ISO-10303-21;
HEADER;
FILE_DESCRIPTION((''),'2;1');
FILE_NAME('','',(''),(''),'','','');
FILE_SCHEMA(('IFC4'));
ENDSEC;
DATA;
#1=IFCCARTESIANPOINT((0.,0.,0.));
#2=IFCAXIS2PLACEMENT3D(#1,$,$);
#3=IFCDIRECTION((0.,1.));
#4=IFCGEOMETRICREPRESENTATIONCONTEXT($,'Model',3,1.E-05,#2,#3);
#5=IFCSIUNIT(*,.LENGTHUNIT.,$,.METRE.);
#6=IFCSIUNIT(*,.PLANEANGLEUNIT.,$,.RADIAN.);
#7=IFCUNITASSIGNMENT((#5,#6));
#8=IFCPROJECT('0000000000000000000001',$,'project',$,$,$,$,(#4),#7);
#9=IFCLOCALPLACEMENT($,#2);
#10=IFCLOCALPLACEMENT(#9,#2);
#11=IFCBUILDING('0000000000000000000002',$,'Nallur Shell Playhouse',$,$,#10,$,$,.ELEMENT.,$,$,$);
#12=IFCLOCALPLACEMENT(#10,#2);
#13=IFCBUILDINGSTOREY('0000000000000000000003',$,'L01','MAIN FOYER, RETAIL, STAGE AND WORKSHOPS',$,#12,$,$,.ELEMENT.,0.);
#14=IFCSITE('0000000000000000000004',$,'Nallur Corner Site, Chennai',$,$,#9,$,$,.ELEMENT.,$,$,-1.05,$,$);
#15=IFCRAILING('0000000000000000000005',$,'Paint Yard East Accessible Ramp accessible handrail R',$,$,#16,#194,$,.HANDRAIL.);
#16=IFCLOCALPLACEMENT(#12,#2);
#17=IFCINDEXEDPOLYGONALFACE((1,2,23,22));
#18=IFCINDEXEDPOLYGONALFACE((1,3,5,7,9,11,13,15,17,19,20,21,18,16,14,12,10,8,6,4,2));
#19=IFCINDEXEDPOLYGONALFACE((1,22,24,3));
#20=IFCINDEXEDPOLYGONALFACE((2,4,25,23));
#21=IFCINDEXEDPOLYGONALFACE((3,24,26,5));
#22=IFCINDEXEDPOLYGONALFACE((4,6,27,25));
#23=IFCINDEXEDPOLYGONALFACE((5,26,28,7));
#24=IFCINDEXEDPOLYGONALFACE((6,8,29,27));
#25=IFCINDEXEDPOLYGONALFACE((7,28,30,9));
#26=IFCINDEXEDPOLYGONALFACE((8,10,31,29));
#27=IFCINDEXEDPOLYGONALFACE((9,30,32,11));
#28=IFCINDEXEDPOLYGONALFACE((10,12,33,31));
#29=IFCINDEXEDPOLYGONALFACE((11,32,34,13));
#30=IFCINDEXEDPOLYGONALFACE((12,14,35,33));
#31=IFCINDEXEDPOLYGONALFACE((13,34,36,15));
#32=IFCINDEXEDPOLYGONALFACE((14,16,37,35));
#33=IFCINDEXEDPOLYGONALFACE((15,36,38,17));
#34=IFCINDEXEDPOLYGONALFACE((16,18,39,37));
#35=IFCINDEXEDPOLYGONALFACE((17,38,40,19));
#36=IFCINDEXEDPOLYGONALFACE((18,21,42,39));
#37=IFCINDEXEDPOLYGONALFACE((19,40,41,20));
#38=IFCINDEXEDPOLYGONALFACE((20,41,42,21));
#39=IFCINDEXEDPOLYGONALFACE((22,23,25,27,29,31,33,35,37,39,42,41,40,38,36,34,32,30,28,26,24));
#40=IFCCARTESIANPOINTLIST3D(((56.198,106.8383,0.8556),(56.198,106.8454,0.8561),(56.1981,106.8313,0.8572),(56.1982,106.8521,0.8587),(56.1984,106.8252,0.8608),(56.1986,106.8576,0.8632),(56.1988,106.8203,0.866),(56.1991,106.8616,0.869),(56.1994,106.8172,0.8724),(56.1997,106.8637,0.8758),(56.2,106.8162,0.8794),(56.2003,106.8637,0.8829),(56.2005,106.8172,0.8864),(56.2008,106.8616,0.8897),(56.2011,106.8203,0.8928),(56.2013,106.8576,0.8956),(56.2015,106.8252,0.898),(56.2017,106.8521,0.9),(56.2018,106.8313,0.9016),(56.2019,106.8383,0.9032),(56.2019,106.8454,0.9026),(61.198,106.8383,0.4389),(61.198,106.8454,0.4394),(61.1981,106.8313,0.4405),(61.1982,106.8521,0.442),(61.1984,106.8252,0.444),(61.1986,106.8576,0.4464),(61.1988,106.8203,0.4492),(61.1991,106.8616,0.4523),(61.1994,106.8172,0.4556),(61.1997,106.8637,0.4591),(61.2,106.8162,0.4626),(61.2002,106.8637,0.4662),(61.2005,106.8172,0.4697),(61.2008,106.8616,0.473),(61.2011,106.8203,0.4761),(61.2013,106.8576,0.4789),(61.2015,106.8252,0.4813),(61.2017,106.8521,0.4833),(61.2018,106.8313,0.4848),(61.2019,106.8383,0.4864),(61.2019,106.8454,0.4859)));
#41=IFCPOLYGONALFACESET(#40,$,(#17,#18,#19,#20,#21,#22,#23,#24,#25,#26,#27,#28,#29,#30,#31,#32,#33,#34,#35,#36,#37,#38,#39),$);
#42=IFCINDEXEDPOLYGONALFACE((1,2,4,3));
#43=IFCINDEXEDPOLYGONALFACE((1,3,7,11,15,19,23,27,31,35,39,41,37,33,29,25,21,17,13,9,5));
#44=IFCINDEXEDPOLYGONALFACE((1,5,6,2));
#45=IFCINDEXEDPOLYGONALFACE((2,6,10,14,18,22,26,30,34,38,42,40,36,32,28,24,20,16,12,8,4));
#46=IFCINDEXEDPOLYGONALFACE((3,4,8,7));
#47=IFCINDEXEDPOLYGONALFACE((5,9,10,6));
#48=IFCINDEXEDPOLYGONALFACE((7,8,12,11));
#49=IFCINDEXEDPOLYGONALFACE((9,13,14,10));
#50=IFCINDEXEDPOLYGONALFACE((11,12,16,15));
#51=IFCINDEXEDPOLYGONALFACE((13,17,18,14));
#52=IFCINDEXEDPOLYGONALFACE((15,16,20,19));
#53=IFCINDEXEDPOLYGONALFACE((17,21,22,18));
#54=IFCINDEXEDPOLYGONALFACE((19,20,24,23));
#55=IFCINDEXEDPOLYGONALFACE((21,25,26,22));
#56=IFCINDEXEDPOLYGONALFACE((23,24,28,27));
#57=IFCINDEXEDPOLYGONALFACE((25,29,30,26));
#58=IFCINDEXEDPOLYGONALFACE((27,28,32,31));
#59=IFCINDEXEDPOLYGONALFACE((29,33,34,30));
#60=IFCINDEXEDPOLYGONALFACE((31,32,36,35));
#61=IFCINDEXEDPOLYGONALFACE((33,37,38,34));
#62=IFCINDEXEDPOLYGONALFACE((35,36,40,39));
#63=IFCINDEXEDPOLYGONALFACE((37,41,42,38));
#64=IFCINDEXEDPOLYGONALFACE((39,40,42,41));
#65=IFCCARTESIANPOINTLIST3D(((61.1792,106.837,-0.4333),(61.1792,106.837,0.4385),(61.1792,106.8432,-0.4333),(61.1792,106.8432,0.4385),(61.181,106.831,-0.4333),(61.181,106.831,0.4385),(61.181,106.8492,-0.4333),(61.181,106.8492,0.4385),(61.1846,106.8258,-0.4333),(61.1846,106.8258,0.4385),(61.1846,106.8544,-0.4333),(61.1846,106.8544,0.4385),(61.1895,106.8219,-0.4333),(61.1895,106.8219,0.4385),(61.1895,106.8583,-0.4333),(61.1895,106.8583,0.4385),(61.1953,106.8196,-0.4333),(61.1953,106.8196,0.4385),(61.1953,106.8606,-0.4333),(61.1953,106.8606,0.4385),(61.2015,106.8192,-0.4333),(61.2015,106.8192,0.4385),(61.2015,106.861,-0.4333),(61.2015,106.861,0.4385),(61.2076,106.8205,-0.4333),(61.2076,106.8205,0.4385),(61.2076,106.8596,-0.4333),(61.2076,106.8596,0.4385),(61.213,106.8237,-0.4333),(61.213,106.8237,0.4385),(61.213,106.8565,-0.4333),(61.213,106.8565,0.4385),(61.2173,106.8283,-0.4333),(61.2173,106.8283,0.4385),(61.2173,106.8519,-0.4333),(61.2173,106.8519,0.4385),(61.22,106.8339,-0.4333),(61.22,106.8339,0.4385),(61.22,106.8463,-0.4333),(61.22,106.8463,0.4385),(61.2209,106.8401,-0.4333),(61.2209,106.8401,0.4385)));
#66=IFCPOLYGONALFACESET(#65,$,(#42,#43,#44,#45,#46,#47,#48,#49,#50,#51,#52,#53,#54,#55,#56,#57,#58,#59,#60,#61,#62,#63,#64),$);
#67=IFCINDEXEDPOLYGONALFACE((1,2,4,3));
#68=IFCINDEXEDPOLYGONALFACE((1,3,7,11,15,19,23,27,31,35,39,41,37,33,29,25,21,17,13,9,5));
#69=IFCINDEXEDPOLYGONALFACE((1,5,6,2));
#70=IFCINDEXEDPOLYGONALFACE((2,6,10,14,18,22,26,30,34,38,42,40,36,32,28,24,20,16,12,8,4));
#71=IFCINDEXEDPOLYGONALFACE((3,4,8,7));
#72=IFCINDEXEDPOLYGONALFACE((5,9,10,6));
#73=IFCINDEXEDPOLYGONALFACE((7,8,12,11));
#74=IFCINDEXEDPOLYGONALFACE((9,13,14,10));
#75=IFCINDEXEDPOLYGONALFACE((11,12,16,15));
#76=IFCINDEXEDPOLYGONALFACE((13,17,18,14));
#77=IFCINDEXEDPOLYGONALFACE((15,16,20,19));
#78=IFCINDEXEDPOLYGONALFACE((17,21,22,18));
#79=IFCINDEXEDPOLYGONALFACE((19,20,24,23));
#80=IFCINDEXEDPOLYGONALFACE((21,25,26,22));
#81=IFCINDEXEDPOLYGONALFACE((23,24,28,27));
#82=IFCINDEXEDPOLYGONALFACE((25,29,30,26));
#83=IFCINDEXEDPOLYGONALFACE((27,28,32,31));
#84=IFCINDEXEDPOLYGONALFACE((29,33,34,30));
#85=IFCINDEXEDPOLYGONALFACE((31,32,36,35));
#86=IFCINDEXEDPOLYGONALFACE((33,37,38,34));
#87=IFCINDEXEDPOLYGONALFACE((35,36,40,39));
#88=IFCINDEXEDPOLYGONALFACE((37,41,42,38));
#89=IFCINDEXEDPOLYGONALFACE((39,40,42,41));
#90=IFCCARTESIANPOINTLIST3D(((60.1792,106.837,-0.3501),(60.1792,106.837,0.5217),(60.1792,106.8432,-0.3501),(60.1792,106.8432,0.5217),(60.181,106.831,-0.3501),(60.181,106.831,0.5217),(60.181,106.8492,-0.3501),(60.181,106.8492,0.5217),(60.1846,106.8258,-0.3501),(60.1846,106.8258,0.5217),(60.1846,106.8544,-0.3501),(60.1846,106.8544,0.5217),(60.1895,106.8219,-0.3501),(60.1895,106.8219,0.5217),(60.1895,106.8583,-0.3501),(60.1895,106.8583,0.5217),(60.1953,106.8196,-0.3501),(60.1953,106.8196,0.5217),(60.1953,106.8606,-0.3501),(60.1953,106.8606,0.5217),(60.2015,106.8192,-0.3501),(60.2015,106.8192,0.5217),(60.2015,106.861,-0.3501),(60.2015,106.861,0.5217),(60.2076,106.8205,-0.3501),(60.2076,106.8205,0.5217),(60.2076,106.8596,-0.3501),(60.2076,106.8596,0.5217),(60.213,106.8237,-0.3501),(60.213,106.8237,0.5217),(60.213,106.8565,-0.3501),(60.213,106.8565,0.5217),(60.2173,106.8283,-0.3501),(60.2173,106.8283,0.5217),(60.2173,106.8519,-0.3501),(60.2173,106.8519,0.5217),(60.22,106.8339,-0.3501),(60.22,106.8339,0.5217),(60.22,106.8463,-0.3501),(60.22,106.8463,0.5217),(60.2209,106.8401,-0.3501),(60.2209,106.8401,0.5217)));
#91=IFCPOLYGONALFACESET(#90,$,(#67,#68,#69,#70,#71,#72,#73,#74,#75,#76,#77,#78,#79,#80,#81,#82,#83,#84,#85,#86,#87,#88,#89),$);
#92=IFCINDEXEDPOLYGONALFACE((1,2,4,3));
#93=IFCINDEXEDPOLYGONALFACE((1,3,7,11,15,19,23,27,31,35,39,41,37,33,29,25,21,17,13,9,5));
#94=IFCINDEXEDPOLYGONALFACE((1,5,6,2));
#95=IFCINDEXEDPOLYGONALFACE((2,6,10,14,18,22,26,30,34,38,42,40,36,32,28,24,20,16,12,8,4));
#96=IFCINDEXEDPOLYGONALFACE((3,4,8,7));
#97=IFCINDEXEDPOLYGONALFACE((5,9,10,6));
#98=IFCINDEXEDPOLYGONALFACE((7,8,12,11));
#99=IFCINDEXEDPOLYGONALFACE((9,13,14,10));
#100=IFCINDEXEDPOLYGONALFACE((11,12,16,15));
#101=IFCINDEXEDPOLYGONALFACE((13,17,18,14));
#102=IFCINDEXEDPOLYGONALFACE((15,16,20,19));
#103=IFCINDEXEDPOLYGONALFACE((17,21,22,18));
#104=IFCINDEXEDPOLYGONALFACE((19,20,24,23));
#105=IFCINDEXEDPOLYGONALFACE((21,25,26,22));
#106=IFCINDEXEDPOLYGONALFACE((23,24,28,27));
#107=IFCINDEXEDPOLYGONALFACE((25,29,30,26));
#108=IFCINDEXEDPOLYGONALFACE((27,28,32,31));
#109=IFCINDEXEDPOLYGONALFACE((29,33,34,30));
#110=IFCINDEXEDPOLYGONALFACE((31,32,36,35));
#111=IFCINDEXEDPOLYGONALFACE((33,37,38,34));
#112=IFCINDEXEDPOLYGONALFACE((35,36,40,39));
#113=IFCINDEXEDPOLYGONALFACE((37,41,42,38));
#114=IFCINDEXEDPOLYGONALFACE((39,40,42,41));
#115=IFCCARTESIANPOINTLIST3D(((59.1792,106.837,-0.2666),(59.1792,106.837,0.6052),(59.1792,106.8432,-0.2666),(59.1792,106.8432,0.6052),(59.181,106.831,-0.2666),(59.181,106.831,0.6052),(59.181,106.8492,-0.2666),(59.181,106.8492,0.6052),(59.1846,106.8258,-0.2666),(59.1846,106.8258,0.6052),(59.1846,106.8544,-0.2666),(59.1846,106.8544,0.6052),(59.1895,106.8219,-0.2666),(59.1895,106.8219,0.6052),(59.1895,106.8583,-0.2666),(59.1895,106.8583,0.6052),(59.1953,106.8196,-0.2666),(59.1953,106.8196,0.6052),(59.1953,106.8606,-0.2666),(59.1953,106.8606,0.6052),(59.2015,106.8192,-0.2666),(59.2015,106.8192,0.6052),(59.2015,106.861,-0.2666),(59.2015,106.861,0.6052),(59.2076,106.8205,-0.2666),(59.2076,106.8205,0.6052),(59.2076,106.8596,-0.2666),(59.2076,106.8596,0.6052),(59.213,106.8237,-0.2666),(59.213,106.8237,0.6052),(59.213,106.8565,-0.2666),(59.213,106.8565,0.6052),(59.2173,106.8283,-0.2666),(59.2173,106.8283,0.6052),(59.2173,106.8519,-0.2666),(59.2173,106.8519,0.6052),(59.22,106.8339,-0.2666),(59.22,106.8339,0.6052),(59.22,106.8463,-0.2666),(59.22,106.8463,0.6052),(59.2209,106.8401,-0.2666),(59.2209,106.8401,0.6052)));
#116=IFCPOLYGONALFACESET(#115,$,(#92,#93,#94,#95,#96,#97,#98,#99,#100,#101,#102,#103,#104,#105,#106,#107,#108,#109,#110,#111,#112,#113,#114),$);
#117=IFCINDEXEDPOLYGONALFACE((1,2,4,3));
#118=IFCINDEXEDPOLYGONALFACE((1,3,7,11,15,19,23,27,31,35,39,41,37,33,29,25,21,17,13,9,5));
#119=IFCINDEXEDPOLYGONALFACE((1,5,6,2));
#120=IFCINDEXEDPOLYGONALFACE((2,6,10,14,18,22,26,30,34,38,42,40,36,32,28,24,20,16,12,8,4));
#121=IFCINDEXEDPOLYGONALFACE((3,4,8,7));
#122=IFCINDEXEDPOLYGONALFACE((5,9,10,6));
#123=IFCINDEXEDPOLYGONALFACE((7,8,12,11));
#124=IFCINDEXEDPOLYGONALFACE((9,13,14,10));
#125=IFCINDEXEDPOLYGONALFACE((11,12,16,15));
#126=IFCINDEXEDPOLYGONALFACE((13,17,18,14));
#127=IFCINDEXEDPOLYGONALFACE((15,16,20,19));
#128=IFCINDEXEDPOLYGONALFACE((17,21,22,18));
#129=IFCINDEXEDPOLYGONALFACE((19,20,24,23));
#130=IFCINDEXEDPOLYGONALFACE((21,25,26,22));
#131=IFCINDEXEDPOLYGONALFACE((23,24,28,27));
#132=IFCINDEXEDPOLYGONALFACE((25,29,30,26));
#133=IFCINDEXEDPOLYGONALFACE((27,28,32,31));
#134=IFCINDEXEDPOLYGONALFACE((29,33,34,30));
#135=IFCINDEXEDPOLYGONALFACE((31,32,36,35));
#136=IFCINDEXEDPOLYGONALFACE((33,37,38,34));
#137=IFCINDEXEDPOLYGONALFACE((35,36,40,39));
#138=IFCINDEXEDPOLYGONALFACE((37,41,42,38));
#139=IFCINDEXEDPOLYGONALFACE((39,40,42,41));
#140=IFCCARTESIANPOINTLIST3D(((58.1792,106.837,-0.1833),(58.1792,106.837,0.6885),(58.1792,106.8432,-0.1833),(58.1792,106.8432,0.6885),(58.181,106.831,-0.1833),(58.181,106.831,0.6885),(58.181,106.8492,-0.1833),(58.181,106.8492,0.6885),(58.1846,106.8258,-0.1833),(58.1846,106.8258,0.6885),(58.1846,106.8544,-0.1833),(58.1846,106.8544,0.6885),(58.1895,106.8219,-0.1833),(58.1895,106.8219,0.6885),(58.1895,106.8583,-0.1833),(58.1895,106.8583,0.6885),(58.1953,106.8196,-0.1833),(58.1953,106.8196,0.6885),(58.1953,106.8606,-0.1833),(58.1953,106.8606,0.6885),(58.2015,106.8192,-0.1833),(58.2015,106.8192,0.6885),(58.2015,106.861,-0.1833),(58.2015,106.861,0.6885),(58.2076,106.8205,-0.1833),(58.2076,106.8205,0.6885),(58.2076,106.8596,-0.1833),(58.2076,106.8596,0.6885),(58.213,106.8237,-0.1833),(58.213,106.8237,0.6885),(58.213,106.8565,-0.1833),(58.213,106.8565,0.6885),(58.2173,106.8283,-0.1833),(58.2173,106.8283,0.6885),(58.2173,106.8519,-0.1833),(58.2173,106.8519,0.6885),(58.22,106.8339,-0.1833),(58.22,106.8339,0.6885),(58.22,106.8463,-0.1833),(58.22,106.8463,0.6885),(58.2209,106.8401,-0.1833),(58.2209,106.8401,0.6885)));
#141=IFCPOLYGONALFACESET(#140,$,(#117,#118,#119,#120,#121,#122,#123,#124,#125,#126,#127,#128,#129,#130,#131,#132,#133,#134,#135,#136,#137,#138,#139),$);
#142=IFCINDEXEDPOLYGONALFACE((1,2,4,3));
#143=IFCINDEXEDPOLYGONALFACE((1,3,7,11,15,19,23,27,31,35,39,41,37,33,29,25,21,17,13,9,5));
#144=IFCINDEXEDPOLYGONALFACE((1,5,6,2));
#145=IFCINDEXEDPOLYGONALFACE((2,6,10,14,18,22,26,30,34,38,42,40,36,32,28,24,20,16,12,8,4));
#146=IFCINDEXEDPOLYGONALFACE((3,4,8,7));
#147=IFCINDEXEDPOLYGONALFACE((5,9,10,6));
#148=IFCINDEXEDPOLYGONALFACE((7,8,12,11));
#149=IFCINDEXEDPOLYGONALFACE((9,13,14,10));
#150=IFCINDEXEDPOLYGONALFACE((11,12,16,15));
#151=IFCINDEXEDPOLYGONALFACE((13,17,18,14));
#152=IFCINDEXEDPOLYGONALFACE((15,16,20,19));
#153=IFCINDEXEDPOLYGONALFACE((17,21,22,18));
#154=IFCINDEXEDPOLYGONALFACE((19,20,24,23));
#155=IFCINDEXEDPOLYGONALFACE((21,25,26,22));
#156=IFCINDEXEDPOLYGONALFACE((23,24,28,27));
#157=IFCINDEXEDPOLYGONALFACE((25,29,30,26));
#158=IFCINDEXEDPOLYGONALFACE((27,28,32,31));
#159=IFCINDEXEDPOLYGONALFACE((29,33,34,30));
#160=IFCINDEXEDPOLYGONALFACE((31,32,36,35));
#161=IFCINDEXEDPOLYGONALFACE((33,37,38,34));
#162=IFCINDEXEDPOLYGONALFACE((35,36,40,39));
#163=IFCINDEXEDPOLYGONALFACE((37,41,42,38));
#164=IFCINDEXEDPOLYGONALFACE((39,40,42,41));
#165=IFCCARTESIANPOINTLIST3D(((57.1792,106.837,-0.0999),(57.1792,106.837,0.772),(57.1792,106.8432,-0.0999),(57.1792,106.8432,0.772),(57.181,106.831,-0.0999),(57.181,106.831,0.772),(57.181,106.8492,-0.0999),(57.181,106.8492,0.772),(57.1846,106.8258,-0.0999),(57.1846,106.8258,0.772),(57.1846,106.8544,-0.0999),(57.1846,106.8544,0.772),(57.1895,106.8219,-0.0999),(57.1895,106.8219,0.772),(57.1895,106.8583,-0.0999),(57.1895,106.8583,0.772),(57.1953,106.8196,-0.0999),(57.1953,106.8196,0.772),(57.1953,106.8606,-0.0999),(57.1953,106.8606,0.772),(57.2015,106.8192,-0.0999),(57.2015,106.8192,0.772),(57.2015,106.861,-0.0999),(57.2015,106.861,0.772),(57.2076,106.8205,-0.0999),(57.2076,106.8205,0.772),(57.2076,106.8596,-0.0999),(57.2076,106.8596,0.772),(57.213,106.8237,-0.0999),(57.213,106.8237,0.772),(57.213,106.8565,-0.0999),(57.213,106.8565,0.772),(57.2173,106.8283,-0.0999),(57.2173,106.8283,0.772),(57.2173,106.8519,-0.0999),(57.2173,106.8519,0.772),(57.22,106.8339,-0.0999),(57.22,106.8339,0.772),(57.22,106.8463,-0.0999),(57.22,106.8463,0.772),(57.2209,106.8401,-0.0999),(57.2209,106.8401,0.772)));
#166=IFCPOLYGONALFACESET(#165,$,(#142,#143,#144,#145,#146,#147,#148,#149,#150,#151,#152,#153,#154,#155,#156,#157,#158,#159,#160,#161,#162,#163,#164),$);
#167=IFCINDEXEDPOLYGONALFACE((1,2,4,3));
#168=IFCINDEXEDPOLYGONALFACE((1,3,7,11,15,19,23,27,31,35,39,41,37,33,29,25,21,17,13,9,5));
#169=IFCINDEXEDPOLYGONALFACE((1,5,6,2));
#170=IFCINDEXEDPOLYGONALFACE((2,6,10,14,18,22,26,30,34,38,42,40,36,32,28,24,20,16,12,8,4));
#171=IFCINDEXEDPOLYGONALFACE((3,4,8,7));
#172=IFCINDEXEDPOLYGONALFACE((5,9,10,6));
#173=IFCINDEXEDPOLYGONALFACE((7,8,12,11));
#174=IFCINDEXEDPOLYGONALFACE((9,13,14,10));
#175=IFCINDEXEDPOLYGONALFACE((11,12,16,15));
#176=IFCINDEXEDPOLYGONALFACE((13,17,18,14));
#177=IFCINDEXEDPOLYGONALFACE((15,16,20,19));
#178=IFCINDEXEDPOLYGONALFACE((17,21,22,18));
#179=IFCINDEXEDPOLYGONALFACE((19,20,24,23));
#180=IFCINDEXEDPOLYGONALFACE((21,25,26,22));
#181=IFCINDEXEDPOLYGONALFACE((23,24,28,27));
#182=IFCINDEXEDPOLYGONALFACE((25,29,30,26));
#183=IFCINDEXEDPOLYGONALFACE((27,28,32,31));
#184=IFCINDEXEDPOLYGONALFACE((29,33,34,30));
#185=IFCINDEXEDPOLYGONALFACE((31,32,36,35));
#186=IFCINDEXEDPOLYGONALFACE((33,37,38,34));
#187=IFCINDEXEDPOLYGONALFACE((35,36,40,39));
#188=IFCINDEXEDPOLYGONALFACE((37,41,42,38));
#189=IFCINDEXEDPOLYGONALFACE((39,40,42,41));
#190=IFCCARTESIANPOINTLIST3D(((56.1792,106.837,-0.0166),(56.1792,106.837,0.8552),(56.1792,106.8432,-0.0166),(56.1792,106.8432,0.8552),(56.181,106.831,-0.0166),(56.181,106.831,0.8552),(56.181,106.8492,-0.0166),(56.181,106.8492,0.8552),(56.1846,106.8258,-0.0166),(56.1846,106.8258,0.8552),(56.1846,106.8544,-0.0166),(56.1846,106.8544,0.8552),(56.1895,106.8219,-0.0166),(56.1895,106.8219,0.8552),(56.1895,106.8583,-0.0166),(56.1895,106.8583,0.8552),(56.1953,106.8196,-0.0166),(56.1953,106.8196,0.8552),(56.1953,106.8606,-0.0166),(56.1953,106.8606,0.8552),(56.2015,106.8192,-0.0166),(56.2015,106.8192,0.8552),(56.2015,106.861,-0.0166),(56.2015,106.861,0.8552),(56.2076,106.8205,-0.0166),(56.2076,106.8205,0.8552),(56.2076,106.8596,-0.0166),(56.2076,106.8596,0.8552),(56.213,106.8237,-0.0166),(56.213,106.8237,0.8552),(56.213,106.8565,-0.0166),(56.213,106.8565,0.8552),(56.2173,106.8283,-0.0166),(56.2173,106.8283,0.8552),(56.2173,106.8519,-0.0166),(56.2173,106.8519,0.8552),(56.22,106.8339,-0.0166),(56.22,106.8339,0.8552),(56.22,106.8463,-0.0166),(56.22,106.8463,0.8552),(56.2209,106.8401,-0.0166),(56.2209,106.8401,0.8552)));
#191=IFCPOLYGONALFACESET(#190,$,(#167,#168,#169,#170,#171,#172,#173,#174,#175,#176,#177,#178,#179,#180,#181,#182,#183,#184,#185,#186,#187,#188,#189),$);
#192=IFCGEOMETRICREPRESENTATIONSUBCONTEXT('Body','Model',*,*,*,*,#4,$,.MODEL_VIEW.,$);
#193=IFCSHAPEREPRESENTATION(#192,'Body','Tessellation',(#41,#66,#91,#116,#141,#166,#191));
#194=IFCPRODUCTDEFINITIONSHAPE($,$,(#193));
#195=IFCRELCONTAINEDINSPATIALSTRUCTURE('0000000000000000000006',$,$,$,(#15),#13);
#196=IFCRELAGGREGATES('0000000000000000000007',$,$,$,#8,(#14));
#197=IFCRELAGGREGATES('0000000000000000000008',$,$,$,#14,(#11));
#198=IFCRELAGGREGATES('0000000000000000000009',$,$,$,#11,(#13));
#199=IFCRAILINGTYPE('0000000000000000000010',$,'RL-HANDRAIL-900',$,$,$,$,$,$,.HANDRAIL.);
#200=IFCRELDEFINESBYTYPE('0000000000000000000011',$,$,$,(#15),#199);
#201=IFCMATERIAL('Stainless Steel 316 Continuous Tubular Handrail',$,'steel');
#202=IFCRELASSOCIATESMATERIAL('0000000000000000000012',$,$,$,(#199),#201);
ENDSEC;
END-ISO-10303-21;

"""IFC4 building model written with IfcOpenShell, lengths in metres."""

from ifc_helpers import new_model, si_unit, direction, frame, origin, origin_2d, place, context, subcontext, project, spatial, circle, extrude, material, type_object, element, save


model = new_model("IFC4")

# Units and contexts
model_context = context("Model", 3, precision=1e-05, world=origin(), true_north=direction((0.0, 1.0)))
body_context = subcontext(model_context, "Body", "Model", "MODEL_VIEW")
ifc_project = project(units=[si_unit("LENGTHUNIT", "METRE"), si_unit("PLANEANGLEUNIT", "RADIAN")], contexts=[model_context])

# Site, building, storey
site_placement = place(None, origin())
site = spatial("IfcSite", under=ifc_project, at=site_placement, Name="Nallur Corner Site, Chennai", CompositionType="ELEMENT", RefElevation=-1.05)
building_placement = place(site_placement, origin())
building = spatial("IfcBuilding", under=site, at=building_placement, Name="Nallur Shell Playhouse", CompositionType="ELEMENT")
storey_placement = place(building_placement, origin())
storey = spatial("IfcBuildingStorey", under=building, at=storey_placement, Name="L01", Description="MAIN FOYER, RETAIL, STAGE AND WORKSHOPS", CompositionType="ELEMENT", Elevation=0.0)

# Railing
ifc_material_1 = material(Name="Stainless Steel 316 Continuous Tubular Handrail", Category="steel")
railing_type = type_object("IfcRailingType", Name="RL-HANDRAIL-900", PredefinedType="HANDRAIL", material=ifc_material_1)
for number, where, name in (
    (1, (61.2, 106.8401, -0.4333), "Paint Yard East Accessible Ramp accessible handrail R"),
):
    element("IfcRailing", number, at=place(storey_placement, frame(where)), inside=storey, type_object=railing_type, Name=name, PredefinedType="HANDRAIL", context=body_context, shape_type="SweptSolid", body=[
        extrude(circle(Radius=0.0239, at=origin_2d()), frame((0.0, 0.0, 0.896), z_axis=(-0.996544, 0.0, 0.083062), x_axis=(0.0, -1.0, 0.0)), (0.0, 0.0, 1.0), 5.0173),
        extrude(circle(Radius=0.021, at=origin_2d()), origin(), (0.0, 0.0, 1.0), 0.8718),
        extrude(circle(Radius=0.021, at=origin_2d()), frame((-1.0, 0.0, 0.0833)), (0.0, 0.0, 1.0), 0.8718),
        extrude(circle(Radius=0.021, at=origin_2d()), frame((-2.0, 0.0, 0.1667)), (0.0, 0.0, 1.0), 0.8718),
        extrude(circle(Radius=0.021, at=origin_2d()), frame((-3.0, 0.0, 0.25)), (0.0, 0.0, 1.0), 0.8718),
        extrude(circle(Radius=0.021, at=origin_2d()), frame((-4.0, 0.0, 0.3335)), (0.0, 0.0, 1.0), 0.8718),
        extrude(circle(Radius=0.021, at=origin_2d()), frame((-5.0, 0.0, 0.4167)), (0.0, 0.0, 1.0), 0.8718),
    ])

save(model, "model.ifc")
